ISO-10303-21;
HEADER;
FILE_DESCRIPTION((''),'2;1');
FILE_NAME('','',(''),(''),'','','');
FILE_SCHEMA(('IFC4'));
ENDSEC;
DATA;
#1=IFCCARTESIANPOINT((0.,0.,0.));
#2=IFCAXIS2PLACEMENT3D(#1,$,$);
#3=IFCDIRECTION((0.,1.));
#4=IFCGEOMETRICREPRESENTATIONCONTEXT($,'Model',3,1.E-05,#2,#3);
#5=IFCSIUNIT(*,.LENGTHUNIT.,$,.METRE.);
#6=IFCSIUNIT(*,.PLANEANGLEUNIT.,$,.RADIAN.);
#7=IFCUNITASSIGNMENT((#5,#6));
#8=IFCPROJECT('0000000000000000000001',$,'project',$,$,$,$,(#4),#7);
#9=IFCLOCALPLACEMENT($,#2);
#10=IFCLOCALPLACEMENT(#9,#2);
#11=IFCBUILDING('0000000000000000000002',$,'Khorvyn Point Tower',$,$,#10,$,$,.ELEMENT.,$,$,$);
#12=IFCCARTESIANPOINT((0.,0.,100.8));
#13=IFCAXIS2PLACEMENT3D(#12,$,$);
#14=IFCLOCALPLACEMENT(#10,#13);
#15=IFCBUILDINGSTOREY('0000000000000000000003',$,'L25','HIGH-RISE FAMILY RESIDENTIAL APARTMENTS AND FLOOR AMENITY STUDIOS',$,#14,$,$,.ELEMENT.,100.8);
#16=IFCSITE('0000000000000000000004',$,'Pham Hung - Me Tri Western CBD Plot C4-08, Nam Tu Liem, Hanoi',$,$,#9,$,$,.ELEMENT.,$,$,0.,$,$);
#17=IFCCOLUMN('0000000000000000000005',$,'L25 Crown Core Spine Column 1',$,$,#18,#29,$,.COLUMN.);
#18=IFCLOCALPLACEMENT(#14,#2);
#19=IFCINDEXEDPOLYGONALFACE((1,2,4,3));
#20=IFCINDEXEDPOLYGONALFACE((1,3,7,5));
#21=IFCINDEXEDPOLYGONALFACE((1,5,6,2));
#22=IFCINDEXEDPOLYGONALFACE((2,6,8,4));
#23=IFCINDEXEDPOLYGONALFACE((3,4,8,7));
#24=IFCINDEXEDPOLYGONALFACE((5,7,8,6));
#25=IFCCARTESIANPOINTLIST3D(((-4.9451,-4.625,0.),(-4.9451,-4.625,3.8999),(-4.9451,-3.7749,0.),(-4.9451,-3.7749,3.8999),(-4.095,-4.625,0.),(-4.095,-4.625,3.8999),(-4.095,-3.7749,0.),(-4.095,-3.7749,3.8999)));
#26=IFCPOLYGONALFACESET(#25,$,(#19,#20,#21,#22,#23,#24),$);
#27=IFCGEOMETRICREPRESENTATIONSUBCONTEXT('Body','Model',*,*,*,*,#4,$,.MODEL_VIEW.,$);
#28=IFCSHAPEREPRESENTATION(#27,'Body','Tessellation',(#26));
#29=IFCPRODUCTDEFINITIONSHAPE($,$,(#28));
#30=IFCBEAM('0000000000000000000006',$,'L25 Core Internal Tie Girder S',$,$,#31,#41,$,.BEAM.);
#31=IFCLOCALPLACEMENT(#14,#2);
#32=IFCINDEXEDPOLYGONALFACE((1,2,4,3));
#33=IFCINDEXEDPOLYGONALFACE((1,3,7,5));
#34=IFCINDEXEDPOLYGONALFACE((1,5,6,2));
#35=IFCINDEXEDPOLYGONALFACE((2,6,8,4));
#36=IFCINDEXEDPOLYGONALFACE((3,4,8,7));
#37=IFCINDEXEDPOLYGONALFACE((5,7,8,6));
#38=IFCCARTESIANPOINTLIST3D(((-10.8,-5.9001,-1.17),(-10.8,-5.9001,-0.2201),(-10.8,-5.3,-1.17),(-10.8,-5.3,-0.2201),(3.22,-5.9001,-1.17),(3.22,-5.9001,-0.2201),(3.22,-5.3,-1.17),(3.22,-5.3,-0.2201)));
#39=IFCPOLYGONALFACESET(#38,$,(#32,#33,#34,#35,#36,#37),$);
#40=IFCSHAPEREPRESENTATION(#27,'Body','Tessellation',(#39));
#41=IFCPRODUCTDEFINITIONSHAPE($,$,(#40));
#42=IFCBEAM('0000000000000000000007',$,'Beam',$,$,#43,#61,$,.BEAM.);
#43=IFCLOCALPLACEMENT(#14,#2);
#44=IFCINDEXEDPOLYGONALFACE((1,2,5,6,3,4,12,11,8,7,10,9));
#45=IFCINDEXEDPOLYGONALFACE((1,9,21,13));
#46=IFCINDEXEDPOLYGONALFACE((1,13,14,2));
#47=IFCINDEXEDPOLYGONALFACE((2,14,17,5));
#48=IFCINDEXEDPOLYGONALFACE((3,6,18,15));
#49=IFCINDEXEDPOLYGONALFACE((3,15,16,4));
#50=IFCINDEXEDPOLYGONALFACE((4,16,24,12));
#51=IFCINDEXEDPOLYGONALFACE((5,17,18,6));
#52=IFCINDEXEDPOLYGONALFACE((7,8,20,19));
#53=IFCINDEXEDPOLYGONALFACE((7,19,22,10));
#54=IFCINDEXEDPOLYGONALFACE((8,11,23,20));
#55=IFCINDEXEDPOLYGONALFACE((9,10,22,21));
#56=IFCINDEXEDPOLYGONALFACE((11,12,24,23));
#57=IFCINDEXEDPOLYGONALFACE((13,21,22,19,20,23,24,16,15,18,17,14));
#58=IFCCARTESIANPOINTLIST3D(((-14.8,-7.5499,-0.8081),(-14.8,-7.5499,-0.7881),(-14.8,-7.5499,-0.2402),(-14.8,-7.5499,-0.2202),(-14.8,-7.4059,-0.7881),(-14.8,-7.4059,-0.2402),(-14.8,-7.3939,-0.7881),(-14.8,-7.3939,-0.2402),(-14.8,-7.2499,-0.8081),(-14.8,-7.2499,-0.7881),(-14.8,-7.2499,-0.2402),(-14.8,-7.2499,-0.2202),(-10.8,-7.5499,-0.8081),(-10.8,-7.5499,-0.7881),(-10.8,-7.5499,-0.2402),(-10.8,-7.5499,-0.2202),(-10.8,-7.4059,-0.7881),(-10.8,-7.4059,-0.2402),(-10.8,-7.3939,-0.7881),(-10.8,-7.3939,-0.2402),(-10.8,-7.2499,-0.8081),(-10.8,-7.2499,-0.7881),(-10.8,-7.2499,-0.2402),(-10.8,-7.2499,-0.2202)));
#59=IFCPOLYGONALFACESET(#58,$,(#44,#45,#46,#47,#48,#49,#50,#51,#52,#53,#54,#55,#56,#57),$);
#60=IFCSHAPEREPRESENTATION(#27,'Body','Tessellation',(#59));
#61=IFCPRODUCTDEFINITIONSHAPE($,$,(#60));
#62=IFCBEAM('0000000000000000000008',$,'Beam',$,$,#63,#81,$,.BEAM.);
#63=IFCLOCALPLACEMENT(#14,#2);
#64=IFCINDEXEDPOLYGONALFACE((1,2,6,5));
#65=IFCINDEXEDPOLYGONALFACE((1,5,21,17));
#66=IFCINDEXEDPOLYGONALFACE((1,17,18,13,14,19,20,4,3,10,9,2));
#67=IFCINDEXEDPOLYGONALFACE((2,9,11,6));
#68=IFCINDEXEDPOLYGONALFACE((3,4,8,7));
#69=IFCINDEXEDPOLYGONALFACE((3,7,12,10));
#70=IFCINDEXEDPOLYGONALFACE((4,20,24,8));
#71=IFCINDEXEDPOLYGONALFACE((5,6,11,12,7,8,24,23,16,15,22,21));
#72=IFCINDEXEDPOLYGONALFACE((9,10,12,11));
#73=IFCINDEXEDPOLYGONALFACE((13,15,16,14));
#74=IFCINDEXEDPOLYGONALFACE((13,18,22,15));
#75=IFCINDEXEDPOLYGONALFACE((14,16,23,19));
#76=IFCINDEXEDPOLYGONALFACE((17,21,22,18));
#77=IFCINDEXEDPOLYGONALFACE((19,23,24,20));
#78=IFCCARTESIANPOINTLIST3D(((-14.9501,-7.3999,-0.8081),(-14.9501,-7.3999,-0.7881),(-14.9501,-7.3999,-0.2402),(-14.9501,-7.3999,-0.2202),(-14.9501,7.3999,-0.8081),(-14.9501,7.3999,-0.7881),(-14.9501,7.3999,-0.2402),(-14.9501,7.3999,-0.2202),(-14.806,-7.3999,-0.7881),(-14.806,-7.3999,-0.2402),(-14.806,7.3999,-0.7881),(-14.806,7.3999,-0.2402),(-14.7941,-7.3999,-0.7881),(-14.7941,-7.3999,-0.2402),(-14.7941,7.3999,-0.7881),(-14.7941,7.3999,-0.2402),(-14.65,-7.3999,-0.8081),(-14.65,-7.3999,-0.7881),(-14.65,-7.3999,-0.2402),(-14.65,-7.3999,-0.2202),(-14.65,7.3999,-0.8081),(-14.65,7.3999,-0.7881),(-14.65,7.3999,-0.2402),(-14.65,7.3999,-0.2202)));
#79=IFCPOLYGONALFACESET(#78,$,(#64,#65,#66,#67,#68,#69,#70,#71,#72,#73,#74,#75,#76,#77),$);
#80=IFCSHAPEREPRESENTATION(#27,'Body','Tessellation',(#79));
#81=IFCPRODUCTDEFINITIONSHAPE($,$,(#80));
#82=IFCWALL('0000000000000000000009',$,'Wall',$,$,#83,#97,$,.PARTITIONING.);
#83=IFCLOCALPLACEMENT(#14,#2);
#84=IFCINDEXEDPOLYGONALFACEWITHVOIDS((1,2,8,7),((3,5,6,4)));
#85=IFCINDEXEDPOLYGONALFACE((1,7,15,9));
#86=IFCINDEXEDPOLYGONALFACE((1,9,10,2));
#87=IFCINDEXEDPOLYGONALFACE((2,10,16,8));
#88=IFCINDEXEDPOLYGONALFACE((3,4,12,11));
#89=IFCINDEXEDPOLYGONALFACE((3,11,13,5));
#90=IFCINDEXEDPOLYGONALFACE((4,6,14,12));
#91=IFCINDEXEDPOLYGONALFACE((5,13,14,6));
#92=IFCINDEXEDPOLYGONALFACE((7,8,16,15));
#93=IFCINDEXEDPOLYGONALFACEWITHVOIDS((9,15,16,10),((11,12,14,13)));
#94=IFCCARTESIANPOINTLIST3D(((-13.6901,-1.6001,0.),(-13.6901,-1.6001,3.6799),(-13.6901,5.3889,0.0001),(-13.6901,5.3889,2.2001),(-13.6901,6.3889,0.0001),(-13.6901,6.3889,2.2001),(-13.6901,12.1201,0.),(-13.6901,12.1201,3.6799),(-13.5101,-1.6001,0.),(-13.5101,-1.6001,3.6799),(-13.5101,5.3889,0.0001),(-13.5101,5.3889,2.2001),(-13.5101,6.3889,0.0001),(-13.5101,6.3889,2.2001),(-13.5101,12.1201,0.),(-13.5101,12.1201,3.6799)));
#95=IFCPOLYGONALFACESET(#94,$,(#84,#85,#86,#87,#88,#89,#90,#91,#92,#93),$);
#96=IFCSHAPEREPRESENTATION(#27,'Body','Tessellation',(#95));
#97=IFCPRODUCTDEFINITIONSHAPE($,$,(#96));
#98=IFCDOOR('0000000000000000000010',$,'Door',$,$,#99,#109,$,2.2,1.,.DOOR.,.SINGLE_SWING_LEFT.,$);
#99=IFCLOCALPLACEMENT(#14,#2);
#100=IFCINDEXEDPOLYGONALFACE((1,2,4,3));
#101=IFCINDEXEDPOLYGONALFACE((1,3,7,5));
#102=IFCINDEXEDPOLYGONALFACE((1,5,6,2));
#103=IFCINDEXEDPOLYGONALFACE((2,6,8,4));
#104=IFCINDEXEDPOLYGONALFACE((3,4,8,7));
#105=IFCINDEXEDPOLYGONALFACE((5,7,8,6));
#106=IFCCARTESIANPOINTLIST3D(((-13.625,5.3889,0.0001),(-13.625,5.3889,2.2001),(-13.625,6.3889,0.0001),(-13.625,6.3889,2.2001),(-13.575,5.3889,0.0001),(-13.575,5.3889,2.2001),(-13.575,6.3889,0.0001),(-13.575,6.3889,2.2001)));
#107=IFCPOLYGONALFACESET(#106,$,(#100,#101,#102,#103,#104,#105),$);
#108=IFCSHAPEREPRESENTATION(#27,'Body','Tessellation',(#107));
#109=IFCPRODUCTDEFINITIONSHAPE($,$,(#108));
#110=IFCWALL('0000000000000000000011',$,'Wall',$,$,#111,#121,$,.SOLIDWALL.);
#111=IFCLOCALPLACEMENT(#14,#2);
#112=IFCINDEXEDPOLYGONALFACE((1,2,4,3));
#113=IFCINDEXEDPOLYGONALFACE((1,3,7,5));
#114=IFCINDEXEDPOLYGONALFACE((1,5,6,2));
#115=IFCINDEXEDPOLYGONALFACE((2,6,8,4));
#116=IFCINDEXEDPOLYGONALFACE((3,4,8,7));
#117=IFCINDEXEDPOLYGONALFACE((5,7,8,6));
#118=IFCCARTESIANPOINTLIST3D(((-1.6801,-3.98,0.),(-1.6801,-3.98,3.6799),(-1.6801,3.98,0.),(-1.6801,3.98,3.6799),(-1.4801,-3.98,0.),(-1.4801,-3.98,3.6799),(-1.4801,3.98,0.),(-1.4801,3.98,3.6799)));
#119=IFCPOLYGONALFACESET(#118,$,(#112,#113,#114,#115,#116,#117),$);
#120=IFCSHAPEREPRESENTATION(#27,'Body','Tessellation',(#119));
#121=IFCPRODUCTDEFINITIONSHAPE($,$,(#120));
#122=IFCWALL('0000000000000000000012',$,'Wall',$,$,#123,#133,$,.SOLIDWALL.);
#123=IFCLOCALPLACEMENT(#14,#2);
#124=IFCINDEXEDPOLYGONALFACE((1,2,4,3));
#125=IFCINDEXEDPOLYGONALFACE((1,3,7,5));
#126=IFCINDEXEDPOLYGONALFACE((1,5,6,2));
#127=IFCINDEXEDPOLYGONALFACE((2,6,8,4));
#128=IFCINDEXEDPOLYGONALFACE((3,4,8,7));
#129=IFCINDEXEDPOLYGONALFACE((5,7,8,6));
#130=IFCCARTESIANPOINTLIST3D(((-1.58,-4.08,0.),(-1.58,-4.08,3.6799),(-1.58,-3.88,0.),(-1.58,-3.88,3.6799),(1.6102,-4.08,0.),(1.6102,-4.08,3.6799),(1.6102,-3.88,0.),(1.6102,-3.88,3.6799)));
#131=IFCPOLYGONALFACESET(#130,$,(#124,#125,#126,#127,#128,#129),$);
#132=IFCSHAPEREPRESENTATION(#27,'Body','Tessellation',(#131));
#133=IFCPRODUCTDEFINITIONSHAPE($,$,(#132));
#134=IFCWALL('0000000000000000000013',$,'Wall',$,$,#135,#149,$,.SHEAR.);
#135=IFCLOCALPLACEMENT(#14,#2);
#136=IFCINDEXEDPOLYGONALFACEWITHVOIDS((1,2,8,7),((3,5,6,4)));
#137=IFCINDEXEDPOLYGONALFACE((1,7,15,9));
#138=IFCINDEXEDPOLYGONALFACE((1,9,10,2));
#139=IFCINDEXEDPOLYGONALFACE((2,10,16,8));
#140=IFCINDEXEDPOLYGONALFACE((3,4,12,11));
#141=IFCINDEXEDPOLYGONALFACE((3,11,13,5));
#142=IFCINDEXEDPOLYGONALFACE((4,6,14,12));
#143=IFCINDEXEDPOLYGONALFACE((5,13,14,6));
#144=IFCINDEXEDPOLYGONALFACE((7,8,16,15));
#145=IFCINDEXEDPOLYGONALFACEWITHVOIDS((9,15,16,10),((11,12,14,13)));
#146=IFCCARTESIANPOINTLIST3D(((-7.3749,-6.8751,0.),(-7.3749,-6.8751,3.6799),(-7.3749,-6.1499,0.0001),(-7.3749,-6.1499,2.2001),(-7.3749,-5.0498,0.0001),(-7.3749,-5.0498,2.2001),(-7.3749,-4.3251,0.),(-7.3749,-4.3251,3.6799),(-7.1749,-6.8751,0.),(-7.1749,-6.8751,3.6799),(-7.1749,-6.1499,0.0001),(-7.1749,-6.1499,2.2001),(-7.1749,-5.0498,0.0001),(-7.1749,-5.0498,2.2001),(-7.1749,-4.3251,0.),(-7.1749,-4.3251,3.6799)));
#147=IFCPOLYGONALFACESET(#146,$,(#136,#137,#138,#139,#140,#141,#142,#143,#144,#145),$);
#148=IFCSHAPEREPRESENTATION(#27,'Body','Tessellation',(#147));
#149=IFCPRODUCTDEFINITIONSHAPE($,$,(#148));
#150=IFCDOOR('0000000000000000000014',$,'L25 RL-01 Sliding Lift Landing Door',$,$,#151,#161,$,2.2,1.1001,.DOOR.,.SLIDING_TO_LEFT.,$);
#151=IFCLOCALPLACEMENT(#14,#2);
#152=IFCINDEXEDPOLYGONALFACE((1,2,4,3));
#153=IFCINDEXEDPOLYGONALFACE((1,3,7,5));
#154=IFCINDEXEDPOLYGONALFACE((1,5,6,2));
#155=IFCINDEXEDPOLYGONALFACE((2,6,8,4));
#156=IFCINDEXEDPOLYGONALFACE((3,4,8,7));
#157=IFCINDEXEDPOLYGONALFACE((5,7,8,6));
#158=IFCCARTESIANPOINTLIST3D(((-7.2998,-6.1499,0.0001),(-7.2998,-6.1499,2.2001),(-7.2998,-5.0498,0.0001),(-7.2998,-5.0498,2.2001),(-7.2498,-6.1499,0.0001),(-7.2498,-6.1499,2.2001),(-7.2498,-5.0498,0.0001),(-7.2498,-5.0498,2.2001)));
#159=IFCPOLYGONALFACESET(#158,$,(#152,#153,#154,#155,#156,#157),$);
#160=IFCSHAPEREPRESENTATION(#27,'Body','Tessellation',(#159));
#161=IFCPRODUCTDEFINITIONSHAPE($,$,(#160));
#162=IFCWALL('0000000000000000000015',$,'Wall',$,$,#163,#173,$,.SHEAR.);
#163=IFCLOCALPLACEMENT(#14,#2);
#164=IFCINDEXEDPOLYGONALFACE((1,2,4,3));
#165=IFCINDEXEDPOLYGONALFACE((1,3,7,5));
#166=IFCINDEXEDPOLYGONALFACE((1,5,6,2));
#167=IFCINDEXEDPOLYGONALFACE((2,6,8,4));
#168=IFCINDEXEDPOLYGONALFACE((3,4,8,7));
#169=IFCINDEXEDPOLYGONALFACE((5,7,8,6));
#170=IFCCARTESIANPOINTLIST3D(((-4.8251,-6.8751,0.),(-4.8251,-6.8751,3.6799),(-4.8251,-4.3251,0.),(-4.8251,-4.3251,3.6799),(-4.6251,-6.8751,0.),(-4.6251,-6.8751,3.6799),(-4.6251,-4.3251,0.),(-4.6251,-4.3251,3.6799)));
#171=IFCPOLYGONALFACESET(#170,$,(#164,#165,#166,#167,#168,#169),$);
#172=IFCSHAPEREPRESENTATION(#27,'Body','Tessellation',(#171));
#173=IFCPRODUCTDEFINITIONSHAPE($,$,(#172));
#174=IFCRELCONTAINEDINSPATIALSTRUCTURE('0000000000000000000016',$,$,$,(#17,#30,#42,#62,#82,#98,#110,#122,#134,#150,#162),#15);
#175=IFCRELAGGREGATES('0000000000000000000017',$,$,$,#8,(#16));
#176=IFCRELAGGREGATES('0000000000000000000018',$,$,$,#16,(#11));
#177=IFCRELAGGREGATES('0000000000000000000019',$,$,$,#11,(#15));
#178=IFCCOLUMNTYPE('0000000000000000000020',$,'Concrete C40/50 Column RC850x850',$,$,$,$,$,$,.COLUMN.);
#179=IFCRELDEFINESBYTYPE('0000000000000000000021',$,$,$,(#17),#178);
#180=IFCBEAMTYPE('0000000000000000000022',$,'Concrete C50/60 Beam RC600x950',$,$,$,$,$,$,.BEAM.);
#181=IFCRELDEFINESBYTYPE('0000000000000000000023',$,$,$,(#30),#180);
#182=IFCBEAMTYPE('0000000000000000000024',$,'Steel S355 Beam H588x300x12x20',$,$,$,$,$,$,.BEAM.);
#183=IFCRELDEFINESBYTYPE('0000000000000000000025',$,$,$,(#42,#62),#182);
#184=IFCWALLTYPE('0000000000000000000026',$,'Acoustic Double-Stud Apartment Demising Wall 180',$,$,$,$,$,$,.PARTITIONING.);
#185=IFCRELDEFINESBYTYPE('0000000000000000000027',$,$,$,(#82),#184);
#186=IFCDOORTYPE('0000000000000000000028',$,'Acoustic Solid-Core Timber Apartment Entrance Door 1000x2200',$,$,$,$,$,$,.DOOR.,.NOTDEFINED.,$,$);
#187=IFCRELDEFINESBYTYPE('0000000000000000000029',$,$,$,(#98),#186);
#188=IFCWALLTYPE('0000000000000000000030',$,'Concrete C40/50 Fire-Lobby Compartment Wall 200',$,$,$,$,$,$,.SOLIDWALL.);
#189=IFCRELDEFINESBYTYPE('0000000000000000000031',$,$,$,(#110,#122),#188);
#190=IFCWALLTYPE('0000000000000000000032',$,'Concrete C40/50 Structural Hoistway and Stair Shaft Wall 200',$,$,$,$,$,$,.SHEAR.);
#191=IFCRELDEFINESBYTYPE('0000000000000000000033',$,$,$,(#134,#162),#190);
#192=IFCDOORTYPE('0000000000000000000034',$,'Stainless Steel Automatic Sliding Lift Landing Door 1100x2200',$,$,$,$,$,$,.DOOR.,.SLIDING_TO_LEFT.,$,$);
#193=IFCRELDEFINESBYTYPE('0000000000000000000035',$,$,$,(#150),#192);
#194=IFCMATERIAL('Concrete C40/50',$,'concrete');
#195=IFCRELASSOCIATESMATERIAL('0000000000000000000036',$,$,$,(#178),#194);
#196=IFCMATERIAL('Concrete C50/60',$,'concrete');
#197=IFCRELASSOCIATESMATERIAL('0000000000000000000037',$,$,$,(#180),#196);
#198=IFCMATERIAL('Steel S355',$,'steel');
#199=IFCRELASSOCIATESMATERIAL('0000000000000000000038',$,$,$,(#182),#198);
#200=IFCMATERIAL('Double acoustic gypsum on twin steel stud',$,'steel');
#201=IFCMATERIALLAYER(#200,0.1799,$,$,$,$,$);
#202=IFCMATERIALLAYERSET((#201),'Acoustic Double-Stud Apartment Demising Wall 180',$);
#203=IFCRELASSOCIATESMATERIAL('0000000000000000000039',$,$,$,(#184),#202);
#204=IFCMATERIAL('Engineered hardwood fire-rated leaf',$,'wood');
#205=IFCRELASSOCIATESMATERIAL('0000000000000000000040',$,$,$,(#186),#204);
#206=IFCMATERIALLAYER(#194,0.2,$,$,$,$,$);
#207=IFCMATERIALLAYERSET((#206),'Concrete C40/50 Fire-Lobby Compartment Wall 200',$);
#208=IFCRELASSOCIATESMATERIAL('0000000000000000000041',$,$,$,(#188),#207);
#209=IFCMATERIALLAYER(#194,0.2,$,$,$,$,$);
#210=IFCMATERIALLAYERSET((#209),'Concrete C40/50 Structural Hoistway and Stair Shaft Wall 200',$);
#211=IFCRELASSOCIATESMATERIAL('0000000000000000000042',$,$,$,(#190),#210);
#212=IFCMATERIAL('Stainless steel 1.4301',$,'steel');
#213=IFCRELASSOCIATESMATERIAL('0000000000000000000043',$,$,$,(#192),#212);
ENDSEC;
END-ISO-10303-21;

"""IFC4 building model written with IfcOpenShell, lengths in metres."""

from ifc_helpers import new_model, si_unit, direction, frame, frame_2d, origin, origin_2d, place, context, subcontext, project, spatial, rectangle, i_section, extrude, material, layer, layer_set, material_profile, profile_set, type_object, element, fill, save


model = new_model("IFC4")

# Units and contexts
model_context = context("Model", 3, precision=1e-05, world=origin(), true_north=direction((0.0, 1.0)))
body_context = subcontext(model_context, "Body", "Model", "MODEL_VIEW")
ifc_project = project(units=[si_unit("LENGTHUNIT", "METRE"), si_unit("PLANEANGLEUNIT", "RADIAN")], contexts=[model_context])

# Site, building, storey
site_placement = place(None, origin())
site = spatial("IfcSite", under=ifc_project, at=site_placement, Name="Pham Hung - Me Tri Western CBD Plot C4-08, Nam Tu Liem, Hanoi", CompositionType="ELEMENT", RefElevation=0.0)
building_placement = place(site_placement, origin())
building = spatial("IfcBuilding", under=site, at=building_placement, Name="Khorvyn Point Tower", CompositionType="ELEMENT")
storey_placement = place(building_placement, frame((0.0, 0.0, 100.8)))
storey = spatial("IfcBuildingStorey", under=building, at=storey_placement, Name="L25", Description="HIGH-RISE FAMILY RESIDENTIAL APARTMENTS AND FLOOR AMENITY STUDIOS", CompositionType="ELEMENT", Elevation=100.8)

# Column
ifc_material_1 = material(Name="Concrete C40/50", Category="concrete")
ifc_material_profile_1 = material_profile(ifc_material_1, rectangle(XDim=0.8501, YDim=0.8501, at=origin_2d()))
ifc_profile_set_1 = profile_set([ifc_material_profile_1], Name="Concrete C40/50 RC850x850")
column_type = type_object("IfcColumnType", Name="Concrete C40/50 Column RC850x850", PredefinedType="COLUMN", material=ifc_profile_set_1)
column_placement = place(storey_placement, frame((-4.52, -4.2, 0.0), z_axis=(0.0, 0.0, 1.0), x_axis=(1.0, 0.0, 0.0)))
element("IfcColumn", 1, at=column_placement, inside=storey, type_object=column_type, Name="L25 Crown Core Spine Column 1", PredefinedType="COLUMN", context=body_context, shape_type="SweptSolid", body=[
    extrude(rectangle(XDim=0.8501, YDim=0.8501, at=origin_2d()), origin(), (0.0, 0.0, 1.0), 3.8999),
])

# Beams
ifc_material_2 = material(Name="Concrete C50/60", Category="concrete")
ifc_material_profile_2 = material_profile(ifc_material_2, rectangle(XDim=0.6001, YDim=0.95, at=origin_2d()))
ifc_profile_set_2 = profile_set([ifc_material_profile_2], Name="Concrete C50/60 RC600x950")
beam_type_1 = type_object("IfcBeamType", Name="Concrete C50/60 Beam RC600x950", PredefinedType="BEAM", material=ifc_profile_set_2)
beam_1_placement = place(storey_placement, frame((-10.8, -5.6001, -0.6951), z_axis=(1.0, 0.0, 0.0), x_axis=(0.0, 1.0, 0.0)))
element("IfcBeam", 2, at=beam_1_placement, inside=storey, type_object=beam_type_1, Name="L25 Core Internal Tie Girder S", PredefinedType="BEAM", context=body_context, shape_type="SweptSolid", body=[
    extrude(rectangle(XDim=0.6001, YDim=0.95, at=origin_2d()), origin(), (0.0, 0.0, 1.0), 14.02),
])
ifc_material_3 = material(Name="Steel S355", Category="steel")
ifc_material_profile_3 = material_profile(ifc_material_3, i_section(OverallWidth=0.3, OverallDepth=0.5879, WebThickness=0.012, FlangeThickness=0.02, at=origin_2d()))
ifc_profile_set_3 = profile_set([ifc_material_profile_3], Name="Steel S355 H588x300x12x20")
beam_type_2 = type_object("IfcBeamType", Name="Steel S355 Beam H588x300x12x20", PredefinedType="BEAM", material=ifc_profile_set_3)
beam_2_placement = place(storey_placement, frame((-14.8, -7.3999, -0.5142), z_axis=(1.0, 0.0, 0.0), x_axis=(0.0, 1.0, 0.0)))
element("IfcBeam", 3, at=beam_2_placement, inside=storey, type_object=beam_type_2, Name="Beam", PredefinedType="BEAM", context=body_context, shape_type="SweptSolid", body=[
    extrude(i_section(OverallWidth=0.3, OverallDepth=0.5879, WebThickness=0.012, FlangeThickness=0.02, at=origin_2d()), origin(), (0.0, 0.0, 1.0), 4.0),
])
beam_3_placement = place(storey_placement, frame((-14.8, -7.3999, -0.5142), z_axis=(0.0, 1.0, 0.0), x_axis=(-1.0, 0.0, 0.0)))
element("IfcBeam", 4, at=beam_3_placement, inside=storey, type_object=beam_type_2, Name="Beam", PredefinedType="BEAM", context=body_context, shape_type="SweptSolid", body=[
    extrude(i_section(OverallWidth=0.3, OverallDepth=0.5879, WebThickness=0.012, FlangeThickness=0.02, at=origin_2d()), origin(), (0.0, 0.0, 1.0), 14.7998),
])

# Wall, opening, door
ifc_material_4 = material(Name="Double acoustic gypsum on twin steel stud", Category="steel")
ifc_layer_1 = layer(ifc_material_4, 0.1799)
ifc_layer_set_1 = layer_set([ifc_layer_1], Name="Acoustic Double-Stud Apartment Demising Wall 180")
wall_type_1 = type_object("IfcWallType", Name="Acoustic Double-Stud Apartment Demising Wall 180", PredefinedType="PARTITIONING", material=ifc_layer_set_1)
wall_1_placement = place(storey_placement, frame((-13.6001, -1.6001, 0.0), z_axis=(0.0, 0.0, 1.0), x_axis=(0.0, 1.0, 0.0)))
wall_1 = element("IfcWall", 5, at=wall_1_placement, inside=storey, type_object=wall_type_1, Name="Wall", PredefinedType="PARTITIONING", context=body_context, shape_type="SweptSolid", body=[
    extrude(rectangle(XDim=13.7202, YDim=0.1799, at=frame_2d((6.8601, 0.0))), origin(), (0.0, 0.0, 1.0), 3.6799),
])
opening_1_placement = place(wall_1_placement, frame((6.989, 0.0, 0.0)))
opening_1 = element("IfcOpeningElement", 6, at=opening_1_placement, cuts=wall_1, PredefinedType="OPENING", context=body_context, shape_type="SweptSolid", body=[
    extrude(rectangle(XDim=1.0, YDim=2.2, at=frame_2d((0.5, 1.1001))), frame((0.0, 0.0999, 0.0), z_axis=(0.0, -1.0, 0.0), x_axis=(1.0, 0.0, 0.0)), (0.0, 0.0, 1.0), 0.2),
])
ifc_material_5 = material(Name="Engineered hardwood fire-rated leaf", Category="wood")
door_type_1 = type_object("IfcDoorType", Name="Acoustic Solid-Core Timber Apartment Entrance Door 1000x2200", OperationType="NOTDEFINED", PredefinedType="DOOR", material=ifc_material_5)
door_1_placement = place(opening_1_placement, origin())
door_1 = element("IfcDoor", 7, at=door_1_placement, inside=storey, type_object=door_type_1, Name="Door", OperationType="SINGLE_SWING_LEFT", OverallHeight=2.2, OverallWidth=1.0, PredefinedType="DOOR", context=body_context, shape_type="SweptSolid", body=[
    extrude(rectangle(XDim=1.0, YDim=2.2, at=frame_2d((0.5, 1.1001))), frame((0.0, 0.0249, 0.0), z_axis=(0.0, -1.0, 0.0), x_axis=(1.0, 0.0, 0.0)), (0.0, 0.0, 1.0), 0.05),
])
fill(opening_1, door_1)

# Walls
ifc_layer_2 = layer(ifc_material_1, 0.2)
ifc_layer_set_2 = layer_set([ifc_layer_2], Name="Concrete C40/50 Fire-Lobby Compartment Wall 200")
wall_type_2 = type_object("IfcWallType", Name="Concrete C40/50 Fire-Lobby Compartment Wall 200", PredefinedType="SOLIDWALL", material=ifc_layer_set_2)
wall_2_placement = place(storey_placement, frame((-1.5801, -3.98, 0.0), z_axis=(0.0, 0.0, 1.0), x_axis=(0.0, 1.0, 0.0)))
element("IfcWall", 8, at=wall_2_placement, inside=storey, type_object=wall_type_2, Name="Wall", PredefinedType="SOLIDWALL", context=body_context, shape_type="SweptSolid", body=[
    extrude(rectangle(XDim=7.96, YDim=0.2, at=frame_2d((3.98, 0.0))), origin(), (0.0, 0.0, 1.0), 3.6799),
])
wall_3_placement = place(storey_placement, frame((-1.5801, -3.98, 0.0), z_axis=(0.0, 0.0, 1.0), x_axis=(1.0, 0.0, 0.0)))
element("IfcWall", 9, at=wall_3_placement, inside=storey, type_object=wall_type_2, Name="Wall", PredefinedType="SOLIDWALL", context=body_context, shape_type="SweptSolid", body=[
    extrude(rectangle(XDim=3.1902, YDim=0.2, at=frame_2d((1.5952, 0.0))), origin(), (0.0, 0.0, 1.0), 3.6799),
])

# Wall, opening, door
ifc_layer_3 = layer(ifc_material_1, 0.2)
ifc_layer_set_3 = layer_set([ifc_layer_3], Name="Concrete C40/50 Structural Hoistway and Stair Shaft Wall 200")
wall_type_3 = type_object("IfcWallType", Name="Concrete C40/50 Structural Hoistway and Stair Shaft Wall 200", PredefinedType="SHEAR", material=ifc_layer_set_3)
wall_4_placement = place(storey_placement, frame((-7.2749, -6.875, 0.0), z_axis=(0.0, 0.0, 1.0), x_axis=(0.0, 1.0, 0.0)))
wall_4 = element("IfcWall", 10, at=wall_4_placement, inside=storey, type_object=wall_type_3, Name="Wall", PredefinedType="SHEAR", context=body_context, shape_type="SweptSolid", body=[
    extrude(rectangle(XDim=2.55, YDim=0.2, at=frame_2d((1.2749, 0.0))), origin(), (0.0, 0.0, 1.0), 3.6799),
])
opening_2_placement = place(wall_4_placement, frame((0.7251, 0.0, 0.0)))
opening_2 = element("IfcOpeningElement", 11, at=opening_2_placement, cuts=wall_4, PredefinedType="OPENING", context=body_context, shape_type="SweptSolid", body=[
    extrude(rectangle(XDim=1.1001, YDim=2.2, at=frame_2d((0.55, 1.1001))), frame((0.0, 0.1099, 0.0), z_axis=(0.0, -1.0, 0.0), x_axis=(1.0, 0.0, 0.0)), (0.0, 0.0, 1.0), 0.22),
])
ifc_material_6 = material(Name="Stainless steel 1.4301", Category="steel")
door_type_2 = type_object("IfcDoorType", Name="Stainless Steel Automatic Sliding Lift Landing Door 1100x2200", OperationType="SLIDING_TO_LEFT", PredefinedType="DOOR", material=ifc_material_6)
door_2_placement = place(opening_2_placement, origin())
door_2 = element("IfcDoor", 12, at=door_2_placement, inside=storey, type_object=door_type_2, Name="L25 RL-01 Sliding Lift Landing Door", OperationType="SLIDING_TO_LEFT", OverallHeight=2.2, OverallWidth=1.1001, PredefinedType="DOOR", context=body_context, shape_type="SweptSolid", body=[
    extrude(rectangle(XDim=1.1001, YDim=2.2, at=frame_2d((0.55, 1.1001))), frame((0.0, 0.0249, 0.0), z_axis=(0.0, -1.0, 0.0), x_axis=(1.0, 0.0, 0.0)), (0.0, 0.0, 1.0), 0.05),
])
fill(opening_2, door_2)

# Wall
wall_5_placement = place(storey_placement, frame((-4.7251, -6.875, 0.0), z_axis=(0.0, 0.0, 1.0), x_axis=(0.0, 1.0, 0.0)))
element("IfcWall", 13, at=wall_5_placement, inside=storey, type_object=wall_type_3, Name="Wall", PredefinedType="SHEAR", context=body_context, shape_type="SweptSolid", body=[
    extrude(rectangle(XDim=2.55, YDim=0.2, at=frame_2d((1.2749, 0.0))), origin(), (0.0, 0.0, 1.0), 3.6799),
])

save(model, "model.ifc")
